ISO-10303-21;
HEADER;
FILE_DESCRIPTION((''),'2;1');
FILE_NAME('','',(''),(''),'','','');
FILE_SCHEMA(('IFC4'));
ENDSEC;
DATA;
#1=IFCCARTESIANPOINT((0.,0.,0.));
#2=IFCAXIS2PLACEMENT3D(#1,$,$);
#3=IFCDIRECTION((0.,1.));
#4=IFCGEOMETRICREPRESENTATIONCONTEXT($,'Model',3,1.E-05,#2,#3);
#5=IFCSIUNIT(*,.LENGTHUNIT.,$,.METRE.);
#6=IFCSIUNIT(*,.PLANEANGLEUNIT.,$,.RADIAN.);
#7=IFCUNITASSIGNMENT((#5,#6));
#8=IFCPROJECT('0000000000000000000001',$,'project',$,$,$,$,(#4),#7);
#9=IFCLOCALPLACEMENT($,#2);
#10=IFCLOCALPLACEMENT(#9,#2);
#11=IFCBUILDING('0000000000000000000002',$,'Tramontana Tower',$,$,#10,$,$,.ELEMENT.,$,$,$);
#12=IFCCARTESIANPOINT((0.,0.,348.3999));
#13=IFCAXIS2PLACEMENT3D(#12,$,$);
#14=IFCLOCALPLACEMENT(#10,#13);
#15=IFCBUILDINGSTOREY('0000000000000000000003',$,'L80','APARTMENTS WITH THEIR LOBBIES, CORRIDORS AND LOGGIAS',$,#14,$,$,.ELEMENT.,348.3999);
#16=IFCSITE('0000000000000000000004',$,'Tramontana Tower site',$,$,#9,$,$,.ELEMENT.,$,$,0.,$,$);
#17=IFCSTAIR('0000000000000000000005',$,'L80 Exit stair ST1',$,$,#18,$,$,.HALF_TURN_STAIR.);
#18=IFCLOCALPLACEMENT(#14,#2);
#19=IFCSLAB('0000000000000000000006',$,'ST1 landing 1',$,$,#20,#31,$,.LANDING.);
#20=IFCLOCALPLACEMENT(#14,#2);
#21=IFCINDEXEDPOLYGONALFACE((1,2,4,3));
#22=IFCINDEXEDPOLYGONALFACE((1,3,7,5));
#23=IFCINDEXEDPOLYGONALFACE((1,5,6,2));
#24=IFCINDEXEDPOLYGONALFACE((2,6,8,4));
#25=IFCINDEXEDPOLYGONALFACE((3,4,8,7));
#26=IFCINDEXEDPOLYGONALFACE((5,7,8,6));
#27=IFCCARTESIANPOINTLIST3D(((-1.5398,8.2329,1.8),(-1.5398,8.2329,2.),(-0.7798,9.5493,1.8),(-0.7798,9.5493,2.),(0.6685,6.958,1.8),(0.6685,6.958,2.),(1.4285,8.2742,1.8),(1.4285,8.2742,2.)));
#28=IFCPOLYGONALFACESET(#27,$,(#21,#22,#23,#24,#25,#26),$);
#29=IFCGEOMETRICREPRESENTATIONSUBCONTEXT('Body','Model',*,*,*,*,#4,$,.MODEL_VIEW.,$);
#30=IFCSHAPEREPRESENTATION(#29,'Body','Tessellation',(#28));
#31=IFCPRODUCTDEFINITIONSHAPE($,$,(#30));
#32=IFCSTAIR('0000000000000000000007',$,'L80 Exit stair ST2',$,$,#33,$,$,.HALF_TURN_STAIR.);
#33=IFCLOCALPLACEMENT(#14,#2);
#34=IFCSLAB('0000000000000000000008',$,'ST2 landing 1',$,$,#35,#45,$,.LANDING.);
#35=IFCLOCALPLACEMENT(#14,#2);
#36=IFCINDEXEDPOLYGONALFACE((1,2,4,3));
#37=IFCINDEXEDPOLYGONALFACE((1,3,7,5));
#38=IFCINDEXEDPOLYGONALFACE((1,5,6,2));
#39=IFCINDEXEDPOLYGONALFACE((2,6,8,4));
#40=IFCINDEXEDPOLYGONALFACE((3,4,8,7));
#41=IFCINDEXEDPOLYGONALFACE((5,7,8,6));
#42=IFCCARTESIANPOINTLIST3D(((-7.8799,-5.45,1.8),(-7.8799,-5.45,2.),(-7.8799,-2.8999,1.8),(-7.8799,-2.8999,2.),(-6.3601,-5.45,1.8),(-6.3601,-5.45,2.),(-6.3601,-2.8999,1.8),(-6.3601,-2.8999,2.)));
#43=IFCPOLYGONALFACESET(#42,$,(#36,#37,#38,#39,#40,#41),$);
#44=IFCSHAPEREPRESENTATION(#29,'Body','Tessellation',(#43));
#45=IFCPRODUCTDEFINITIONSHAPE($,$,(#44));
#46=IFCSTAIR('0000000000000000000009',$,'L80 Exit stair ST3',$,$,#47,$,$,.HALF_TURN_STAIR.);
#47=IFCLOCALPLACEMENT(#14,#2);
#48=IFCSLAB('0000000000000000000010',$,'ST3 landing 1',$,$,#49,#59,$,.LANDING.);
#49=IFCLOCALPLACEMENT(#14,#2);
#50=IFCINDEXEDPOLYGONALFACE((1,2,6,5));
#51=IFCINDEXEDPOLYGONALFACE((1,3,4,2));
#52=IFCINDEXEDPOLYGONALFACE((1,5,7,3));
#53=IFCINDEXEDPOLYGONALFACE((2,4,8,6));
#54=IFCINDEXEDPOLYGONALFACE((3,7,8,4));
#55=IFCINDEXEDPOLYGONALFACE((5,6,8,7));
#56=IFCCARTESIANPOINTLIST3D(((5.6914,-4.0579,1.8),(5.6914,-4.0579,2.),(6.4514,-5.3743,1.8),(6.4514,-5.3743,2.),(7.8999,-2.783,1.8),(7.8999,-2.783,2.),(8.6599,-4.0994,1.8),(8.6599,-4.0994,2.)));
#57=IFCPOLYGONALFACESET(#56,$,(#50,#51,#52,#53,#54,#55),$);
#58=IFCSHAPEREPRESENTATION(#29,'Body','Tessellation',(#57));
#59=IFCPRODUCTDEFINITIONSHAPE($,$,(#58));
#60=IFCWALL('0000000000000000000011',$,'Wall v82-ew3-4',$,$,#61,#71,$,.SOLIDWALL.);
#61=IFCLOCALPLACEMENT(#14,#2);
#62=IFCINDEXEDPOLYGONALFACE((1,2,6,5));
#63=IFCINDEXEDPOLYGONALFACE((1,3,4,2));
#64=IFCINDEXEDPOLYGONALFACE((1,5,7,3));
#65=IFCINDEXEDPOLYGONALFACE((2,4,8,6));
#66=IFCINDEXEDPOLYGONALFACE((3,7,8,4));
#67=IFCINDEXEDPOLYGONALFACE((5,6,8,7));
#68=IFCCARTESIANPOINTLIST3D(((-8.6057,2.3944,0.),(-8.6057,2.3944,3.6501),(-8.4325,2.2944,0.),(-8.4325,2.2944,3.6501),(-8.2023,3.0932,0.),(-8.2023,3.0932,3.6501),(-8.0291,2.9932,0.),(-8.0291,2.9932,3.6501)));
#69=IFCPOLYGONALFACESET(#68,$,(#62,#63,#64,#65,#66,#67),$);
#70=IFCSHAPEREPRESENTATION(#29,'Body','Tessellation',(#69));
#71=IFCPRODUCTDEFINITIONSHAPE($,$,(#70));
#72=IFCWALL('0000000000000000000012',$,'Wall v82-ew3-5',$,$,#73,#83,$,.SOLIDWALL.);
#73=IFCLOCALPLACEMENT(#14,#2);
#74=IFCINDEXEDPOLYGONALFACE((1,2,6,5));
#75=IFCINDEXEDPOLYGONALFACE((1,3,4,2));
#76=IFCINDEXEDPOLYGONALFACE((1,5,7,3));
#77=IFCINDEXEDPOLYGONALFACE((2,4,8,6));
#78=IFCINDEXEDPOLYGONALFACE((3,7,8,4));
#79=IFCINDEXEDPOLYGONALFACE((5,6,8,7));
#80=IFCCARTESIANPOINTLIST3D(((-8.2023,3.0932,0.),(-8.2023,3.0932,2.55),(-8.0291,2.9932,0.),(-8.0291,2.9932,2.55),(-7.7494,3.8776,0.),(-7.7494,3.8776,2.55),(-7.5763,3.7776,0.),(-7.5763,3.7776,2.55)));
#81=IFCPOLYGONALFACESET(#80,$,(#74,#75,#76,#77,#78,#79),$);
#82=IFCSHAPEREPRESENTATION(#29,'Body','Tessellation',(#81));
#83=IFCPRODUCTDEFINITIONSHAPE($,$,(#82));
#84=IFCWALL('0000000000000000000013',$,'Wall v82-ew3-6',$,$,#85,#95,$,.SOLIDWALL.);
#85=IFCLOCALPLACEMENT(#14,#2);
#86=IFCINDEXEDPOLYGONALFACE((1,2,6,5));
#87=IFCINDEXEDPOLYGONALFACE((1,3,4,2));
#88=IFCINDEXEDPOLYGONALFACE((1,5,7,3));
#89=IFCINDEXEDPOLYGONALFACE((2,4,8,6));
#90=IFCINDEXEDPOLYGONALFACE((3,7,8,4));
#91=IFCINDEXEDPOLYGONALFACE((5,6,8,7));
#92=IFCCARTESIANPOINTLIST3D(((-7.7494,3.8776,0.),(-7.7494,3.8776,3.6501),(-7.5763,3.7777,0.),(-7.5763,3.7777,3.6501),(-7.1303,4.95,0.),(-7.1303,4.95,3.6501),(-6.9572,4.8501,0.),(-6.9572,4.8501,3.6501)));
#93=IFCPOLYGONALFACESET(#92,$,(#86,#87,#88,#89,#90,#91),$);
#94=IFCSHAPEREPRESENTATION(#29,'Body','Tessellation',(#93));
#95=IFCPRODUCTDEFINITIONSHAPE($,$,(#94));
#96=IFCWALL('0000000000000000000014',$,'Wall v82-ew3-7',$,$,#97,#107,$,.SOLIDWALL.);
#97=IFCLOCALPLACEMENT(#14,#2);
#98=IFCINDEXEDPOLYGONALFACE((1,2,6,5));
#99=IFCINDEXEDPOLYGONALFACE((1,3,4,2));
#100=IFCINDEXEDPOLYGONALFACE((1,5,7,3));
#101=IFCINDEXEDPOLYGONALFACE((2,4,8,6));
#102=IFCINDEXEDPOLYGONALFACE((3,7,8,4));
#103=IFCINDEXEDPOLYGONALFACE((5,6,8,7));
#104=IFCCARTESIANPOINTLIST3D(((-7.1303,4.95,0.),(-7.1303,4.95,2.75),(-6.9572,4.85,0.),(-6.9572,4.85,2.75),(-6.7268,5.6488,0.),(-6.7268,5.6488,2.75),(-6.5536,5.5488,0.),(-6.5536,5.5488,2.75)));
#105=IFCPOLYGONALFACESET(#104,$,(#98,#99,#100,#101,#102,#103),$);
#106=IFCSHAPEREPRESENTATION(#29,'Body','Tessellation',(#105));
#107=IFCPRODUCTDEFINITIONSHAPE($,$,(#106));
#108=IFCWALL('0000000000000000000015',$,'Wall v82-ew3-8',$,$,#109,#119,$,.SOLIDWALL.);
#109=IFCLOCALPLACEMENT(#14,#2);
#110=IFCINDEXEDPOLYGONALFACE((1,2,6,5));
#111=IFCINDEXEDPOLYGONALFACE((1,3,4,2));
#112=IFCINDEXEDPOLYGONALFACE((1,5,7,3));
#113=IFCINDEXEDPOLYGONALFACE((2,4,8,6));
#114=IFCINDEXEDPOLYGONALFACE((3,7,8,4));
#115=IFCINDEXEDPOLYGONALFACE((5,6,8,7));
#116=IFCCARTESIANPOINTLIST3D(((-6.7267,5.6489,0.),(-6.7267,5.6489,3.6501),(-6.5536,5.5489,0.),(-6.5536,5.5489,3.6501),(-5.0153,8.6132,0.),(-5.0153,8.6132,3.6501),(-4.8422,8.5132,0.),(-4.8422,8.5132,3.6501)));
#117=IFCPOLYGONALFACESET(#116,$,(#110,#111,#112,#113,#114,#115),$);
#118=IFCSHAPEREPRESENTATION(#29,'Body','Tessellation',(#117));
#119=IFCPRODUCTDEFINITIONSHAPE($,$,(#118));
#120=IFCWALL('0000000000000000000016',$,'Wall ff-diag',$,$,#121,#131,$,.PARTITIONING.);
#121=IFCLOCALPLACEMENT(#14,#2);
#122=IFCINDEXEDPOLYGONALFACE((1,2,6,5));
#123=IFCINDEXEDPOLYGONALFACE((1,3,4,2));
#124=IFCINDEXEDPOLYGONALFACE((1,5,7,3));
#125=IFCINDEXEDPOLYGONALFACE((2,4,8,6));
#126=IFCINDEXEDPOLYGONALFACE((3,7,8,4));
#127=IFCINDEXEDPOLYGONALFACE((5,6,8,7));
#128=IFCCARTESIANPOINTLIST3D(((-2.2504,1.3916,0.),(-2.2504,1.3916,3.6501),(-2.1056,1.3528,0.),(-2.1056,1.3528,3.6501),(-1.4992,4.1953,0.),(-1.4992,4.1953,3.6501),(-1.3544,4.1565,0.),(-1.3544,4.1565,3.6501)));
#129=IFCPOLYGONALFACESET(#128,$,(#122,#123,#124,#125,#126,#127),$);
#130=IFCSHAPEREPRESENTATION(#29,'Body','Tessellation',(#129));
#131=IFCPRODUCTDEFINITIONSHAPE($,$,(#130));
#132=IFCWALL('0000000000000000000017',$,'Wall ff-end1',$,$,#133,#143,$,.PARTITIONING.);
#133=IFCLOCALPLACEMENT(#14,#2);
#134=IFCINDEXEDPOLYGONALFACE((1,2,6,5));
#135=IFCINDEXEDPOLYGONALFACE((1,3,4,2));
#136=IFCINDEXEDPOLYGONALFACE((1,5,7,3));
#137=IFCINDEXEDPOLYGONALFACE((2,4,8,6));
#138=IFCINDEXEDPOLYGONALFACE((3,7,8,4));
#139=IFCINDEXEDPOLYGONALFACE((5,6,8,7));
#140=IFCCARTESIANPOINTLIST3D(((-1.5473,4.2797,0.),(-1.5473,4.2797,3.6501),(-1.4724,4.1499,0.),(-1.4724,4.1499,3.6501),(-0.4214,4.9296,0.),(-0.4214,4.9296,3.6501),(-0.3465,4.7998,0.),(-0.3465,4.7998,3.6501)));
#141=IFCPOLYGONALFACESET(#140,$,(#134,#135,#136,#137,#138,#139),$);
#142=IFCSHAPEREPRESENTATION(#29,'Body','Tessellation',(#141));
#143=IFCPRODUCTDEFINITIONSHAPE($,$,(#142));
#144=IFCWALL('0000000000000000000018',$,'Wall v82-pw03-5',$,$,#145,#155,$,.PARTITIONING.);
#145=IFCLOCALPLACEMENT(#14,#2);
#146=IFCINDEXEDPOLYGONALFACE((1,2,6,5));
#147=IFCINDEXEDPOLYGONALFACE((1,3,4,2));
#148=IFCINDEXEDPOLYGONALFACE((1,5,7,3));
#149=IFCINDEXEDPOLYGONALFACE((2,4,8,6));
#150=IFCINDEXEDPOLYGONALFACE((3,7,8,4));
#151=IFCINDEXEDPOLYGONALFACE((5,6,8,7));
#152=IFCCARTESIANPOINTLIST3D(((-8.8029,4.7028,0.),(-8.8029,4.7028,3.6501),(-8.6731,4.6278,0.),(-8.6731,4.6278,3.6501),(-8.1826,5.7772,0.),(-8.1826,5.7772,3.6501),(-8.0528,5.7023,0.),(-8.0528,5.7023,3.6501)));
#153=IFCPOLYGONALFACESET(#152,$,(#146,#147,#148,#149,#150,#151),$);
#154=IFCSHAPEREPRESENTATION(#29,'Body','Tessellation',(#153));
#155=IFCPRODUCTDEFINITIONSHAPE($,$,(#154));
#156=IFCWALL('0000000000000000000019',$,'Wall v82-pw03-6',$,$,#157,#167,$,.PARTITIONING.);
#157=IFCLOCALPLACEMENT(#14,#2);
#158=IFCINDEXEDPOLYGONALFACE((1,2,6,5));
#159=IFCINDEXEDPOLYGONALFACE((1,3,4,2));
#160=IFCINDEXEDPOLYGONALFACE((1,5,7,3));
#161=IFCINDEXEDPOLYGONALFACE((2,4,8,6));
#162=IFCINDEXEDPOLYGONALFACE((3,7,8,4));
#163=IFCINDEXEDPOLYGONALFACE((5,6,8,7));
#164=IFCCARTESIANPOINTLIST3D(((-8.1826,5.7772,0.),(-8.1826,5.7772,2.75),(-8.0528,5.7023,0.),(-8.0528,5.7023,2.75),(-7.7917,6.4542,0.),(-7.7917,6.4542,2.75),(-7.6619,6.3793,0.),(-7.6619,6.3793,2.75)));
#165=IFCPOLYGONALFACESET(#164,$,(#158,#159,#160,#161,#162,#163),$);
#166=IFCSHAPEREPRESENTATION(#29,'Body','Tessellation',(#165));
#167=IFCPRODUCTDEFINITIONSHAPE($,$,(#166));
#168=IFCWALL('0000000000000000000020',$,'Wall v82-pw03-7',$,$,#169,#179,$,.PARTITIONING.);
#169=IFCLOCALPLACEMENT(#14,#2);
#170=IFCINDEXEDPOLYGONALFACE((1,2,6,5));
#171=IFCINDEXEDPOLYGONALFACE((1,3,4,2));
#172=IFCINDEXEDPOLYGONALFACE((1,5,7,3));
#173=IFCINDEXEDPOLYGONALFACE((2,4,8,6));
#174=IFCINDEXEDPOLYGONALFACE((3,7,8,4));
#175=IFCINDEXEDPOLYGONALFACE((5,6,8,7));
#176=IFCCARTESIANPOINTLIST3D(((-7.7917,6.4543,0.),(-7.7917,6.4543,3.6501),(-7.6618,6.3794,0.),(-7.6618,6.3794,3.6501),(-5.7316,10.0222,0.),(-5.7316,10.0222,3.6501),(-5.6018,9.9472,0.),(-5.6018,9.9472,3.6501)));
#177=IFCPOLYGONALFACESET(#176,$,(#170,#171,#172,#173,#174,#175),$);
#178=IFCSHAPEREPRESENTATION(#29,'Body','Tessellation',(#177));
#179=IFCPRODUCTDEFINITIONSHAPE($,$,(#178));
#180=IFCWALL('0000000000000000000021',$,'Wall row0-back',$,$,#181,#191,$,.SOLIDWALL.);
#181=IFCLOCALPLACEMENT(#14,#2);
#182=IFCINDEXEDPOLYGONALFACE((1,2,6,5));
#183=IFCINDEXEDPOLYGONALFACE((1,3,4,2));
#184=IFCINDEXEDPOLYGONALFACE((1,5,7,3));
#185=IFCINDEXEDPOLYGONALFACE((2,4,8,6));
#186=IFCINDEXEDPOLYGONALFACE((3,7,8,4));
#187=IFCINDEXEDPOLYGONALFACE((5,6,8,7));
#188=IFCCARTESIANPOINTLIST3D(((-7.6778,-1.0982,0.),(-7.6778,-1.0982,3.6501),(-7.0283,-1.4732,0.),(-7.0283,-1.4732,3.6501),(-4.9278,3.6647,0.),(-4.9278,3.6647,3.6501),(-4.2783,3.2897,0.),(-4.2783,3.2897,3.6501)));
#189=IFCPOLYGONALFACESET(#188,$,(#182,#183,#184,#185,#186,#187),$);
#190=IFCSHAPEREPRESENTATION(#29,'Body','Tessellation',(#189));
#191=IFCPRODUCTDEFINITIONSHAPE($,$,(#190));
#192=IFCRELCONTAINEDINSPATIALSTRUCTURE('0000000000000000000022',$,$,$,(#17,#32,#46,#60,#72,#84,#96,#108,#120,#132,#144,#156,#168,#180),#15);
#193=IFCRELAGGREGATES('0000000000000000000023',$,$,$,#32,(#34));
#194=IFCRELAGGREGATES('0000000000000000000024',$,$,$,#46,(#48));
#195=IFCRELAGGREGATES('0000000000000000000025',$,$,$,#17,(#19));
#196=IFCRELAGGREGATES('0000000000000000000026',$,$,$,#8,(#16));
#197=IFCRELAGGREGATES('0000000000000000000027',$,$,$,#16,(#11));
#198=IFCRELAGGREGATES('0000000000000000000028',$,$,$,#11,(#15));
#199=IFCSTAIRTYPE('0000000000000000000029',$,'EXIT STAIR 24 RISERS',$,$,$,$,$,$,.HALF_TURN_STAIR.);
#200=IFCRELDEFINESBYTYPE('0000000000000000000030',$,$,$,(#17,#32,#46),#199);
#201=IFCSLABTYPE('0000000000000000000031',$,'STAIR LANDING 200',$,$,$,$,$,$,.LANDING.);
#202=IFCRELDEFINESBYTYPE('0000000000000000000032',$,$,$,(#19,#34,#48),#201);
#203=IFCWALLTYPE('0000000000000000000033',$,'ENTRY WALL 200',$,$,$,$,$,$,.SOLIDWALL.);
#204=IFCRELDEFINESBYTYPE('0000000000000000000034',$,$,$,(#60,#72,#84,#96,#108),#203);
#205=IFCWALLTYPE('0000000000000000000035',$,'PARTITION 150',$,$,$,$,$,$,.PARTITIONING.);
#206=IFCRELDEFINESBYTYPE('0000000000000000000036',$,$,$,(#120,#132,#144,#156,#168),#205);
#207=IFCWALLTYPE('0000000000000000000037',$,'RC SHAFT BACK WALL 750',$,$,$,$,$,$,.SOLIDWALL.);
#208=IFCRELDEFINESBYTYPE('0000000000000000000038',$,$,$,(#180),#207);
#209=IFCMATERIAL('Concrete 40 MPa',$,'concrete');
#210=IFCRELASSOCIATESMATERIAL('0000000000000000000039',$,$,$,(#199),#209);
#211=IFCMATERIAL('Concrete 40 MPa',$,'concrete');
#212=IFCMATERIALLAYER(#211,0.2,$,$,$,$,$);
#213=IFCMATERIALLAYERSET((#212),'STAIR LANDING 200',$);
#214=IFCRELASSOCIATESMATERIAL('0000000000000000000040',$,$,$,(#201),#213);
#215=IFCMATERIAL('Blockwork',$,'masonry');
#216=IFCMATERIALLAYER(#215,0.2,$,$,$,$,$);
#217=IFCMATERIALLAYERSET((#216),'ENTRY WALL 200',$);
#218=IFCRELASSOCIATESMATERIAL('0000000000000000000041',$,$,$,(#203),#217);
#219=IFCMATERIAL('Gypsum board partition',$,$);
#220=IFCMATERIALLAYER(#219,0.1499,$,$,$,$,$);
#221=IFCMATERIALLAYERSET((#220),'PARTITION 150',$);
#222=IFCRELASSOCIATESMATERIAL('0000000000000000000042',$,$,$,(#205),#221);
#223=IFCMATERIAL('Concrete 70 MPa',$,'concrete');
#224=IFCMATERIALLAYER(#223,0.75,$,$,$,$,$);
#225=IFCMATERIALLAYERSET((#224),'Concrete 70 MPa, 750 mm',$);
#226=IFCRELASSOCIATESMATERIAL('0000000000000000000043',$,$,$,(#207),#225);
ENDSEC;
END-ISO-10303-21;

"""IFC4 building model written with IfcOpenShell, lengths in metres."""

from ifc_helpers import new_model, si_unit, direction, frame, frame_2d, origin, place, context, subcontext, project, spatial, polyline, rectangle, outline, extrude, material, layer, layer_set, type_object, element, aggregate, save


model = new_model("IFC4")

# Units and contexts
model_context = context("Model", 3, precision=1e-05, world=origin(), true_north=direction((0.0, 1.0)))
body_context = subcontext(model_context, "Body", "Model", "MODEL_VIEW")
ifc_project = project(units=[si_unit("LENGTHUNIT", "METRE"), si_unit("PLANEANGLEUNIT", "RADIAN")], contexts=[model_context])

# Site, building, storey
site_placement = place(None, origin())
site = spatial("IfcSite", under=ifc_project, at=site_placement, Name="Tramontana Tower site", CompositionType="ELEMENT", RefElevation=0.0)
building_placement = place(site_placement, origin())
building = spatial("IfcBuilding", under=site, at=building_placement, Name="Tramontana Tower", CompositionType="ELEMENT")
storey_placement = place(building_placement, frame((0.0, 0.0, 348.3999)))
storey = spatial("IfcBuildingStorey", under=building, at=storey_placement, Name="L80", Description="APARTMENTS WITH THEIR LOBBIES, CORRIDORS AND LOGGIAS", CompositionType="ELEMENT", Elevation=348.3999)

# Stairs, slabs
ifc_material_1 = material(Name="Concrete 40 MPa", Category="concrete")
stair_type = type_object("IfcStairType", Name="EXIT STAIR 24 RISERS", PredefinedType="HALF_TURN_STAIR", material=ifc_material_1)
stair_1_placement = place(storey_placement, origin())
stair_1 = element("IfcStair", 1, at=stair_1_placement, inside=storey, type_object=stair_type, Name="L80 Exit stair ST1", PredefinedType="HALF_TURN_STAIR")
ifc_material_2 = material(Name="Concrete 40 MPa", Category="concrete")
ifc_layer_1 = layer(ifc_material_2, 0.2)
ifc_layer_set_1 = layer_set([ifc_layer_1], Name="STAIR LANDING 200")
slab_type = type_object("IfcSlabType", Name="STAIR LANDING 200", PredefinedType="LANDING", material=ifc_layer_set_1)
slab_1_placement = place(storey_placement, frame((0.0, 0.0, 1.8)))
slab_1 = element("IfcSlab", 2, at=slab_1_placement, type_object=slab_type, Name="ST1 landing 1", PredefinedType="LANDING", context=body_context, shape_type="SweptSolid", body=[
    extrude(outline(polyline([(0.6685, 6.958), (1.4285, 8.2742), (-0.7798, 9.5493), (-1.5398, 8.2329), (0.6685, 6.958)])), origin(), (0.0, 0.0, 1.0), 0.2),
])
stair_2_placement = place(storey_placement, origin())
stair_2 = element("IfcStair", 3, at=stair_2_placement, inside=storey, type_object=stair_type, Name="L80 Exit stair ST2", PredefinedType="HALF_TURN_STAIR")
slab_2_placement = place(storey_placement, frame((0.0, 0.0, 1.8)))
slab_2 = element("IfcSlab", 4, at=slab_2_placement, type_object=slab_type, Name="ST2 landing 1", PredefinedType="LANDING", context=body_context, shape_type="SweptSolid", body=[
    extrude(outline(polyline([(-6.3601, -2.8999), (-7.8799, -2.8999), (-7.8799, -5.45), (-6.3601, -5.45), (-6.3601, -2.8999)])), origin(), (0.0, 0.0, 1.0), 0.2),
])
aggregate(stair_2, [slab_2])
stair_3_placement = place(storey_placement, origin())
stair_3 = element("IfcStair", 5, at=stair_3_placement, inside=storey, type_object=stair_type, Name="L80 Exit stair ST3", PredefinedType="HALF_TURN_STAIR")
slab_3_placement = place(storey_placement, frame((0.0, 0.0, 1.8)))
slab_3 = element("IfcSlab", 6, at=slab_3_placement, type_object=slab_type, Name="ST3 landing 1", PredefinedType="LANDING", context=body_context, shape_type="SweptSolid", body=[
    extrude(outline(polyline([(5.6914, -4.0579), (6.4514, -5.3743), (8.6599, -4.0994), (7.8999, -2.783), (5.6914, -4.0579)])), origin(), (0.0, 0.0, 1.0), 0.2),
])
aggregate(stair_3, [slab_3])

# Walls
ifc_material_3 = material(Name="Blockwork", Category="masonry")
ifc_layer_2 = layer(ifc_material_3, 0.2)
ifc_layer_set_2 = layer_set([ifc_layer_2], Name="ENTRY WALL 200")
wall_type_1 = type_object("IfcWallType", Name="ENTRY WALL 200", PredefinedType="SOLIDWALL", material=ifc_layer_set_2)
wall_1_placement = place(storey_placement, frame((-8.519, 2.3445, 0.0), z_axis=(0.0, 0.0, 1.0), x_axis=(0.499915, 0.866075, 0.0)))
element("IfcWall", 7, at=wall_1_placement, inside=storey, type_object=wall_type_1, Name="Wall v82-ew3-4", PredefinedType="SOLIDWALL", context=body_context, shape_type="SweptSolid", body=[
    extrude(rectangle(XDim=0.8069, YDim=0.2, at=frame_2d((0.4033, 0.0))), origin(), (0.0, 0.0, 1.0), 3.6501),
])
wall_2_placement = place(storey_placement, frame((-8.1157, 3.0432, 0.0), z_axis=(0.0, 0.0, 1.0), x_axis=(0.499995, 0.866028, 0.0)))
element("IfcWall", 8, at=wall_2_placement, inside=storey, type_object=wall_type_1, Name="Wall v82-ew3-5", PredefinedType="SOLIDWALL", context=body_context, shape_type="SweptSolid", body=[
    extrude(rectangle(XDim=0.9058, YDim=0.2, at=frame_2d((0.4529, 0.0))), origin(), (0.0, 0.0, 1.0), 2.55),
])
wall_3_placement = place(storey_placement, frame((-7.6628, 3.8276, 0.0), z_axis=(0.0, 0.0, 1.0), x_axis=(0.499956, 0.866051, 0.0)))
element("IfcWall", 9, at=wall_3_placement, inside=storey, type_object=wall_type_1, Name="Wall v82-ew3-6", PredefinedType="SOLIDWALL", context=body_context, shape_type="SweptSolid", body=[
    extrude(rectangle(XDim=1.2383, YDim=0.2, at=frame_2d((0.6191, 0.0))), origin(), (0.0, 0.0, 1.0), 3.6501),
])
wall_4_placement = place(storey_placement, frame((-7.0437, 4.9001, 0.0), z_axis=(0.0, 0.0, 1.0), x_axis=(0.500141, 0.865944, 0.0)))
element("IfcWall", 10, at=wall_4_placement, inside=storey, type_object=wall_type_1, Name="Wall v82-ew3-7", PredefinedType="SOLIDWALL", context=body_context, shape_type="SweptSolid", body=[
    extrude(rectangle(XDim=0.8069, YDim=0.2, at=frame_2d((0.4033, 0.0))), origin(), (0.0, 0.0, 1.0), 2.75),
])
wall_5_placement = place(storey_placement, frame((-6.6401, 5.5989, 0.0), z_axis=(0.0, 0.0, 1.0), x_axis=(0.49999, 0.866031, 0.0)))
element("IfcWall", 11, at=wall_5_placement, inside=storey, type_object=wall_type_1, Name="Wall v82-ew3-8", PredefinedType="SOLIDWALL", context=body_context, shape_type="SweptSolid", body=[
    extrude(rectangle(XDim=3.4229, YDim=0.2, at=frame_2d((1.7114, 0.0))), origin(), (0.0, 0.0, 1.0), 3.6501),
])
ifc_material_4 = material(Name="Gypsum board partition")
ifc_layer_3 = layer(ifc_material_4, 0.1499)
ifc_layer_set_3 = layer_set([ifc_layer_3], Name="PARTITION 150")
wall_type_2 = type_object("IfcWallType", Name="PARTITION 150", PredefinedType="PARTITIONING", material=ifc_layer_set_3)
wall_6_placement = place(storey_placement, frame((-2.178, 1.3723, 0.0), z_axis=(0.0, 0.0, 1.0), x_axis=(0.258809, 0.965929, 0.0)))
element("IfcWall", 12, at=wall_6_placement, inside=storey, type_object=wall_type_2, Name="Wall ff-diag", PredefinedType="PARTITIONING", context=body_context, shape_type="SweptSolid", body=[
    extrude(rectangle(XDim=2.9026, YDim=0.1499, at=frame_2d((1.4512, 0.0))), origin(), (0.0, 0.0, 1.0), 3.6501),
])
wall_7_placement = place(storey_placement, frame((-1.5098, 4.2148, 0.0), z_axis=(0.0, 0.0, 1.0), x_axis=(0.866086, 0.499896, 0.0)))
element("IfcWall", 13, at=wall_7_placement, inside=storey, type_object=wall_type_2, Name="Wall ff-end1", PredefinedType="PARTITIONING", context=body_context, shape_type="SweptSolid", body=[
    extrude(rectangle(XDim=1.3, YDim=0.1499, at=frame_2d((0.6499, 0.0))), origin(), (0.0, 0.0, 1.0), 3.6501),
])
wall_8_placement = place(storey_placement, frame((-8.738, 4.6653, 0.0), z_axis=(0.0, 0.0, 1.0), x_axis=(0.500012, 0.866018, 0.0)))
element("IfcWall", 14, at=wall_8_placement, inside=storey, type_object=wall_type_2, Name="Wall v82-pw03-5", PredefinedType="PARTITIONING", context=body_context, shape_type="SweptSolid", body=[
    extrude(rectangle(XDim=1.2407, YDim=0.1499, at=frame_2d((0.6204, 0.0))), origin(), (0.0, 0.0, 1.0), 3.6501),
])
wall_9_placement = place(storey_placement, frame((-8.1177, 5.7397, 0.0), z_axis=(0.0, 0.0, 1.0), x_axis=(0.500002, 0.866024, 0.0)))
element("IfcWall", 15, at=wall_9_placement, inside=storey, type_object=wall_type_2, Name="Wall v82-pw03-6", PredefinedType="PARTITIONING", context=body_context, shape_type="SweptSolid", body=[
    extrude(rectangle(XDim=0.7817, YDim=0.1499, at=frame_2d((0.3909, 0.0))), origin(), (0.0, 0.0, 1.0), 2.75),
])
wall_10_placement = place(storey_placement, frame((-7.7268, 6.4167, 0.0), z_axis=(0.0, 0.0, 1.0), x_axis=(0.500027, 0.86601, 0.0)))
element("IfcWall", 16, at=wall_10_placement, inside=storey, type_object=wall_type_2, Name="Wall v82-pw03-7", PredefinedType="PARTITIONING", context=body_context, shape_type="SweptSolid", body=[
    extrude(rectangle(XDim=4.1199, YDim=0.1499, at=frame_2d((2.0601, 0.0))), origin(), (0.0, 0.0, 1.0), 3.6501),
])
ifc_material_5 = material(Name="Concrete 70 MPa", Category="concrete")
ifc_layer_4 = layer(ifc_material_5, 0.75)
ifc_layer_set_4 = layer_set([ifc_layer_4], Name="Concrete 70 MPa, 750 mm")
wall_type_3 = type_object("IfcWallType", Name="RC SHAFT BACK WALL 750", PredefinedType="SOLIDWALL", material=ifc_layer_set_4)
wall_11_placement = place(storey_placement, frame((-4.603, 3.4773, 0.0), z_axis=(0.0, 0.0, 1.0), x_axis=(-0.500016, -0.866016, 0.0)))
element("IfcWall", 17, at=wall_11_placement, inside=storey, type_object=wall_type_3, Name="Wall row0-back", PredefinedType="SOLIDWALL", context=body_context, shape_type="SweptSolid", body=[
    extrude(rectangle(XDim=5.4998, YDim=0.75, at=frame_2d((2.75, 0.0))), origin(), (0.0, 0.0, 1.0), 3.6501),
])

aggregate(stair_1, [slab_1])

save(model, "model.ifc")
